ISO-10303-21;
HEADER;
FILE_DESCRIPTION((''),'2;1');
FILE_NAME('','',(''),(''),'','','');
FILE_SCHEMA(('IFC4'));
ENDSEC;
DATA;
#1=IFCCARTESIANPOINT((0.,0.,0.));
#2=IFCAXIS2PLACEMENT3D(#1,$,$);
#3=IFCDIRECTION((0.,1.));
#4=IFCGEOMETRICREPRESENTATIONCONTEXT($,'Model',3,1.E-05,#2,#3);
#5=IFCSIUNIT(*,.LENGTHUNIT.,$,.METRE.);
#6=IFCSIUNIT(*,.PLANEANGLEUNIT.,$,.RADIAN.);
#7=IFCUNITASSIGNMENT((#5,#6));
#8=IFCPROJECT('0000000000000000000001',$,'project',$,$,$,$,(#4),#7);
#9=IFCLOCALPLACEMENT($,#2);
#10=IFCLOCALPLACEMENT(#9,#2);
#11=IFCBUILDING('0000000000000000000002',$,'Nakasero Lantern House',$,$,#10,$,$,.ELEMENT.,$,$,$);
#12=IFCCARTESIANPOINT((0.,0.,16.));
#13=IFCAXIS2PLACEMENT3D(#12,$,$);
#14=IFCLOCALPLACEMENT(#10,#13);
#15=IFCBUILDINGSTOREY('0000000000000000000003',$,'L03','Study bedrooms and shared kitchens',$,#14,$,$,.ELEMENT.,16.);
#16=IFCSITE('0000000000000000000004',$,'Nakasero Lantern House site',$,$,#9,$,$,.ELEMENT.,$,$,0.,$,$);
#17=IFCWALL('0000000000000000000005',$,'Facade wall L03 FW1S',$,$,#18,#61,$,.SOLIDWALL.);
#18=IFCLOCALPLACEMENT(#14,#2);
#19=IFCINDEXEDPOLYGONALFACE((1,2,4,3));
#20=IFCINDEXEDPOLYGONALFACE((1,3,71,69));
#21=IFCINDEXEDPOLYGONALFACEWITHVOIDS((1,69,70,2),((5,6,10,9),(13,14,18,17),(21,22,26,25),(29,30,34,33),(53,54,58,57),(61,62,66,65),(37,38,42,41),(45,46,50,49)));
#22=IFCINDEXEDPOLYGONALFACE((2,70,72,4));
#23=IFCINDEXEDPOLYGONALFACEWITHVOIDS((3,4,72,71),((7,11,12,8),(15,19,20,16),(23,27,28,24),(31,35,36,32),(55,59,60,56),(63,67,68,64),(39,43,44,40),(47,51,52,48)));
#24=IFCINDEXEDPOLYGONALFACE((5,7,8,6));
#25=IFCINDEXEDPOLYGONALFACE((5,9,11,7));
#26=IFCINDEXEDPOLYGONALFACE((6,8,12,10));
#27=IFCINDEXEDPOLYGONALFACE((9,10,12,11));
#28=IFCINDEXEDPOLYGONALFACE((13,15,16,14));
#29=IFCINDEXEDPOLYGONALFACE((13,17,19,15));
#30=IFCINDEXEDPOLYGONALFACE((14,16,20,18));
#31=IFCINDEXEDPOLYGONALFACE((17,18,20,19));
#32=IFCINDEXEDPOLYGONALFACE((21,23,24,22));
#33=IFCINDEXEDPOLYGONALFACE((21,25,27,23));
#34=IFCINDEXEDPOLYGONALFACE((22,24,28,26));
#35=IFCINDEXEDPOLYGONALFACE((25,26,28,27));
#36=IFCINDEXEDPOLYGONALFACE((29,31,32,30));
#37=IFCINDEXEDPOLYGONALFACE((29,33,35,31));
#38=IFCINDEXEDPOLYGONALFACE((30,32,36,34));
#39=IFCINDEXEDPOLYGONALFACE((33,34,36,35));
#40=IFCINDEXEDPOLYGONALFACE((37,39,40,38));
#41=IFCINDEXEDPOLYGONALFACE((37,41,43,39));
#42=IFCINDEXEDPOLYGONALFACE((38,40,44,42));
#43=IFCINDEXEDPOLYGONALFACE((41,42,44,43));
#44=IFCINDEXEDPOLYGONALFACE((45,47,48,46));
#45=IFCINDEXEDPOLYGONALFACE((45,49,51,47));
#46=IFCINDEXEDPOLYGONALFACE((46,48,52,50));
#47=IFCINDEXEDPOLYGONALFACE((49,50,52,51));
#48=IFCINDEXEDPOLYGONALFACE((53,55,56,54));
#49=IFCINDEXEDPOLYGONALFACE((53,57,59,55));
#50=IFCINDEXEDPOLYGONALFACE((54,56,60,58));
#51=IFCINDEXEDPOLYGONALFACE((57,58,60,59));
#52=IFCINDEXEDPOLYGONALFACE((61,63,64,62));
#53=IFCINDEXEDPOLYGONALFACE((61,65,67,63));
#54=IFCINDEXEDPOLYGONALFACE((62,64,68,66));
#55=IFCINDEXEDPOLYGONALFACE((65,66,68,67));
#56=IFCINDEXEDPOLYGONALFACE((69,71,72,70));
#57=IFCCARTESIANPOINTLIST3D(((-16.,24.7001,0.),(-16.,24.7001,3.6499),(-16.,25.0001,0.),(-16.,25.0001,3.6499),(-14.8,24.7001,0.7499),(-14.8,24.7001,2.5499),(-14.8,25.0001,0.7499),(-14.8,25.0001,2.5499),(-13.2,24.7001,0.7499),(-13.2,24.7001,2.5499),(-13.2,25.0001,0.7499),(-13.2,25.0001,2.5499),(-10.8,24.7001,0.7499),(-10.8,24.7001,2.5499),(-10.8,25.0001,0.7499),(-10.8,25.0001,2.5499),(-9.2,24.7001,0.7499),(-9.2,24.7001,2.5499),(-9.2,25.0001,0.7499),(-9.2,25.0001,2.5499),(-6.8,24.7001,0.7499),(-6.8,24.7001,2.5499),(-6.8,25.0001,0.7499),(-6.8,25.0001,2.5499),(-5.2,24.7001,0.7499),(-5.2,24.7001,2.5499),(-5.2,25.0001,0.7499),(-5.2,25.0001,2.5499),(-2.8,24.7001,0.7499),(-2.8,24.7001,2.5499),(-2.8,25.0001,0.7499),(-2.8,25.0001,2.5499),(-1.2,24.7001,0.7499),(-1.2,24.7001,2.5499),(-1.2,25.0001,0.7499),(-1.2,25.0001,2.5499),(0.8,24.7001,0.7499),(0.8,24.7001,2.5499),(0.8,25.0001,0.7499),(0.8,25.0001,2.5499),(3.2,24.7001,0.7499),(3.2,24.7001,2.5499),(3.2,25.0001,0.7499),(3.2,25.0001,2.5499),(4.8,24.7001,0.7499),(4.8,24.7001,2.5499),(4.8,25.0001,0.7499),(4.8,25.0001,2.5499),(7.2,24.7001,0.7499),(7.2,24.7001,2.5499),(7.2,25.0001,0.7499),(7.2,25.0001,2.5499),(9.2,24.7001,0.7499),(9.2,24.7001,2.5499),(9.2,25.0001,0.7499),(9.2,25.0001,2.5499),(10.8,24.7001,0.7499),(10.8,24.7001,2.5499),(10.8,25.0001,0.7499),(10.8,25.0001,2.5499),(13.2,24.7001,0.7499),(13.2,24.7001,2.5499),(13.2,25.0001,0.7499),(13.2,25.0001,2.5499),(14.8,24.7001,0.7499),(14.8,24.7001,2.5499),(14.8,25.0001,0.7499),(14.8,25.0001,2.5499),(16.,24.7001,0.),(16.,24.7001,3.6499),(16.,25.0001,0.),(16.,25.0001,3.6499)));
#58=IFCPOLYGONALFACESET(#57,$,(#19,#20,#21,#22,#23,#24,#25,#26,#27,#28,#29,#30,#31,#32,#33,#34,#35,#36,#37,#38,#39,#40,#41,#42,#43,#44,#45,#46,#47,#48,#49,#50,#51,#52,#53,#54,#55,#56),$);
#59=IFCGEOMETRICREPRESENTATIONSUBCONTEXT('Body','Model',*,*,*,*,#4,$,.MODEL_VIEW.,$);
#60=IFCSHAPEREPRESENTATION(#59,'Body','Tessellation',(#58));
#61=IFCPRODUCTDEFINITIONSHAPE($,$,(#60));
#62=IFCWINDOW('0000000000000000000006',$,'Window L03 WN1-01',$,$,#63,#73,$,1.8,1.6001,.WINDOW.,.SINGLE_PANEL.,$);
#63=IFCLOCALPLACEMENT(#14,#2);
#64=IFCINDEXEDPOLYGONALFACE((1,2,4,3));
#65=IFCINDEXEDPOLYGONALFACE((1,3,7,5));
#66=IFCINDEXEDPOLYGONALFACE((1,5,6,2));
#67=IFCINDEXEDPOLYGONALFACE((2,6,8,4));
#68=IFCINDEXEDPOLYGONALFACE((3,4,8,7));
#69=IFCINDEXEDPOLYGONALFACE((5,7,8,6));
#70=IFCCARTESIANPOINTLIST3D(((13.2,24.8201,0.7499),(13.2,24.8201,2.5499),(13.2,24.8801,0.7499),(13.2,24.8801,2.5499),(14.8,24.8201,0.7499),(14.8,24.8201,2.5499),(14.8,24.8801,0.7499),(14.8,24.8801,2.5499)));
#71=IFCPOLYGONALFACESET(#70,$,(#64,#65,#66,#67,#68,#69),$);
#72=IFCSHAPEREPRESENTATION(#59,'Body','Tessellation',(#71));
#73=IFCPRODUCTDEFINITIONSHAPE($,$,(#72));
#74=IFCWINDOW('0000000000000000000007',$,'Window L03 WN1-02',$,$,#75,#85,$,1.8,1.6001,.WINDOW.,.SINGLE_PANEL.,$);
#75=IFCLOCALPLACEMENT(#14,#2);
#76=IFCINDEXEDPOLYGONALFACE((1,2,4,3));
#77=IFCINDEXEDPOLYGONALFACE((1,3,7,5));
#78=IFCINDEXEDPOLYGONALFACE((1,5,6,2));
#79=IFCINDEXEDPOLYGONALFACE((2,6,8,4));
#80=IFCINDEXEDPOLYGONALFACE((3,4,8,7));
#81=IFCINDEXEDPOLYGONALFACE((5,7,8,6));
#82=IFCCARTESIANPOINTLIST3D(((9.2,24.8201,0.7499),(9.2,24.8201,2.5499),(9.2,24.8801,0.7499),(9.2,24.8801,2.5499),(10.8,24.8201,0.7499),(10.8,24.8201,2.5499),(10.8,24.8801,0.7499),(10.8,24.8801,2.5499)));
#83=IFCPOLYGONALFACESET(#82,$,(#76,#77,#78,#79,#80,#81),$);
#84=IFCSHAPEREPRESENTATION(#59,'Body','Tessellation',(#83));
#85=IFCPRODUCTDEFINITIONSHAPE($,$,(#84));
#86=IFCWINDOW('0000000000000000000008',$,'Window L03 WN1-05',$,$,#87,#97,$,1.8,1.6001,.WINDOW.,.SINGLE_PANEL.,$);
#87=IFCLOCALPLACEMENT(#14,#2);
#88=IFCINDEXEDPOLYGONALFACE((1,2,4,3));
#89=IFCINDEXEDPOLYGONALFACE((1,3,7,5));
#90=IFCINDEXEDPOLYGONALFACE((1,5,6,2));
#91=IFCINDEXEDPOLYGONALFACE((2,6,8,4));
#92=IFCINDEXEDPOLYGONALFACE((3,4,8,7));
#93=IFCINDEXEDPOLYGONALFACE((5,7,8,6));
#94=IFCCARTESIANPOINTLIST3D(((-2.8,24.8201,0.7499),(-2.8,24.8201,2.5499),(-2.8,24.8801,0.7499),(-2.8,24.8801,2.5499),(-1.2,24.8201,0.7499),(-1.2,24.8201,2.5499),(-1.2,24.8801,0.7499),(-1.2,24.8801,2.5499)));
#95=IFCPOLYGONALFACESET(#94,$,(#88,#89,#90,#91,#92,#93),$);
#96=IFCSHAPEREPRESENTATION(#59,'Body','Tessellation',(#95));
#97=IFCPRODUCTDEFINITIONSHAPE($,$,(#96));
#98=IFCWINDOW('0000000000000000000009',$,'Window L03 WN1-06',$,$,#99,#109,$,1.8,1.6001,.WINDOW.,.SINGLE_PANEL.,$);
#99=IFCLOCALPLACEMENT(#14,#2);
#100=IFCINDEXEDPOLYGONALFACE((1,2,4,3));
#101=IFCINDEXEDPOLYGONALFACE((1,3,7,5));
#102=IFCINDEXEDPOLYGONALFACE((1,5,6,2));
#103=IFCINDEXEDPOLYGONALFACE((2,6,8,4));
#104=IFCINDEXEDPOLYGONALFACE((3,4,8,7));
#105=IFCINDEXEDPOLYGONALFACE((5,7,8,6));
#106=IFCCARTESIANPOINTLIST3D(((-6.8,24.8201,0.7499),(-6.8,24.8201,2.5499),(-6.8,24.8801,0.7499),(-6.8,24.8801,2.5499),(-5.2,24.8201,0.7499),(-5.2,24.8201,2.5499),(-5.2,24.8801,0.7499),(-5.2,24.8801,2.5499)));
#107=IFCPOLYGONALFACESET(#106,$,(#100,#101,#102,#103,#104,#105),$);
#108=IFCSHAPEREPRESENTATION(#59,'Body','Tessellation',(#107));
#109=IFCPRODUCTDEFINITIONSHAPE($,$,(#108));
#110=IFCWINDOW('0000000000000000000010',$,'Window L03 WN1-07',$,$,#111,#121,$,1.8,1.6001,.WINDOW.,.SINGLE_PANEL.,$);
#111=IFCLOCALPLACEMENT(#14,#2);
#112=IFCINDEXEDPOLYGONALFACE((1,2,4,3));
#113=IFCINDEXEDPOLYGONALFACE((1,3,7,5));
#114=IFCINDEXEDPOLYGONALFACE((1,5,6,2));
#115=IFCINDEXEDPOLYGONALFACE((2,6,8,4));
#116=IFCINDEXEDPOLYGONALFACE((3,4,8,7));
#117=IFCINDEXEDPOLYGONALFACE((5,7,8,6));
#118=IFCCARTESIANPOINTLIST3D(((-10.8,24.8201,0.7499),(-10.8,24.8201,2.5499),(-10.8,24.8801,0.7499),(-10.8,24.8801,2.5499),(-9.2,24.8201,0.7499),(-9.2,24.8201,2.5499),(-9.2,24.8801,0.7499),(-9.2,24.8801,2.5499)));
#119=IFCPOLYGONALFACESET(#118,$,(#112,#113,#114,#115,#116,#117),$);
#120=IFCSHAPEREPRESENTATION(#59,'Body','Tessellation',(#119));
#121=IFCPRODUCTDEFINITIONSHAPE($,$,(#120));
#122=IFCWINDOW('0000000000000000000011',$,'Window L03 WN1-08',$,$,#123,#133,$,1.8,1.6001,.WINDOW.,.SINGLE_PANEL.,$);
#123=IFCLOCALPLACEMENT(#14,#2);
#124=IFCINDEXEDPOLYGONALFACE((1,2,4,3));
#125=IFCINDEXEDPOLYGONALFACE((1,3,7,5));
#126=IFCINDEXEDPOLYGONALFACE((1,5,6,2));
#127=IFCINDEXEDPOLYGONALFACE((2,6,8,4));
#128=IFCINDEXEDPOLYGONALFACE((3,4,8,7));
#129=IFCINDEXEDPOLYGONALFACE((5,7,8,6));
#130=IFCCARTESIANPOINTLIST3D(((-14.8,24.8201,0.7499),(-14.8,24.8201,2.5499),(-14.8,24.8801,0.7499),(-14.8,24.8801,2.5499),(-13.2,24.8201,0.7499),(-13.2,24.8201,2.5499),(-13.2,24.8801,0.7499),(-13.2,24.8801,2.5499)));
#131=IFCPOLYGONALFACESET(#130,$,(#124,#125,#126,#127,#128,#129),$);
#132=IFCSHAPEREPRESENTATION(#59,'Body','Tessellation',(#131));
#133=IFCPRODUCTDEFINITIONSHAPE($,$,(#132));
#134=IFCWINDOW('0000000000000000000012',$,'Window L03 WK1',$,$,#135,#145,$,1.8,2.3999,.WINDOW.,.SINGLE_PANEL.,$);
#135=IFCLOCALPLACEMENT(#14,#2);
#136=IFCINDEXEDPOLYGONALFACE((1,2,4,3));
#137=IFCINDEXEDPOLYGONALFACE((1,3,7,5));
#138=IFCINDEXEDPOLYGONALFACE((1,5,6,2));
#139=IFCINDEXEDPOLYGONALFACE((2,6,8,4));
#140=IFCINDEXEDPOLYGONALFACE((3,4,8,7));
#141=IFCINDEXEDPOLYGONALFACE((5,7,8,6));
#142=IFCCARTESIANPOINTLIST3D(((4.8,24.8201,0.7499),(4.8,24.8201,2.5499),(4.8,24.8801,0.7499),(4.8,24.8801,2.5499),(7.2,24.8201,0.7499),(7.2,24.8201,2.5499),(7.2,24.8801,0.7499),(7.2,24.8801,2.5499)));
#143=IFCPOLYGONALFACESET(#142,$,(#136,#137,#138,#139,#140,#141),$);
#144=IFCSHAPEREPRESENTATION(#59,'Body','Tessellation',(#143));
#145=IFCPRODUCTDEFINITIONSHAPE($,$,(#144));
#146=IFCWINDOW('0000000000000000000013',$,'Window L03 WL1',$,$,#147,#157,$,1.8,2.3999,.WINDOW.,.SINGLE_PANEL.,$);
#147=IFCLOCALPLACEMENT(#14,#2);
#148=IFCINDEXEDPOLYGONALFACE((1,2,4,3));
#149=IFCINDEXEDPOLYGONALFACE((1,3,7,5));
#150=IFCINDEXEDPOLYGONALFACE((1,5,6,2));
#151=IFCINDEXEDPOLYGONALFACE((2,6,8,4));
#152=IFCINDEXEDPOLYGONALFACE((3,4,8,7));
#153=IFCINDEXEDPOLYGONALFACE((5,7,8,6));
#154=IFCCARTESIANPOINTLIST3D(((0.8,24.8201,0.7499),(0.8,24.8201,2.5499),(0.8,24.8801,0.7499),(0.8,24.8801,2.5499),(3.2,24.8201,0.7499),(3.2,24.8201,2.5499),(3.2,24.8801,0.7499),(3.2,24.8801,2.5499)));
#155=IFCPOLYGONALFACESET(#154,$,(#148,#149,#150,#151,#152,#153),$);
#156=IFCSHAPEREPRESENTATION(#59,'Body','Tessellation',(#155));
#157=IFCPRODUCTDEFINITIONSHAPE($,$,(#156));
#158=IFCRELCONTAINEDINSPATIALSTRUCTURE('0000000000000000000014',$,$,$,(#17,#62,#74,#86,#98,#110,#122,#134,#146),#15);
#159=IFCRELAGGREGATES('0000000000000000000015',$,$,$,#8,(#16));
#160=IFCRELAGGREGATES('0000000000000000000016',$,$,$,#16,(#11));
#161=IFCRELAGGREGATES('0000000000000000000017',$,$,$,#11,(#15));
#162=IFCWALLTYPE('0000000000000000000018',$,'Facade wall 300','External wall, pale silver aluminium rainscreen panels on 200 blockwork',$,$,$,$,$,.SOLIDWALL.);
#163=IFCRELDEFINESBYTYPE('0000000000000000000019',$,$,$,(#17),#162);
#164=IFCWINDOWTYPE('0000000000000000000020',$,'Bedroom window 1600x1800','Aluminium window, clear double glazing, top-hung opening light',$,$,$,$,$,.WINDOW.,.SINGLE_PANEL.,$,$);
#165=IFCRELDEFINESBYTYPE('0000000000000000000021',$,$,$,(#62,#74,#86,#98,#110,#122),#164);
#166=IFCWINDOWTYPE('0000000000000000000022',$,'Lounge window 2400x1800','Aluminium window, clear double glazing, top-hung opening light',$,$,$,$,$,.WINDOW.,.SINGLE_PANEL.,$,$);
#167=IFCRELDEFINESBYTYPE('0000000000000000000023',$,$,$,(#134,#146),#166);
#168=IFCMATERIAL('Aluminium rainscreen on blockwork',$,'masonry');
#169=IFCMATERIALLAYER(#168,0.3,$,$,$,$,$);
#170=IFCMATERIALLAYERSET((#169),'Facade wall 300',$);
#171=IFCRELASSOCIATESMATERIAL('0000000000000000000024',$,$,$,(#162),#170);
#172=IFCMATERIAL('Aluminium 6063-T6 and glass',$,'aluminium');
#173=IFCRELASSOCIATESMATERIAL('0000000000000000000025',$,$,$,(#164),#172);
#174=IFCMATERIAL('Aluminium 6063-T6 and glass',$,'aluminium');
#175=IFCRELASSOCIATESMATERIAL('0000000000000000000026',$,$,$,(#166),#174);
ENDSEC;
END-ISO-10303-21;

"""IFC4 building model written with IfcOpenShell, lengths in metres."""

from ifc_helpers import new_model, si_unit, direction, frame, frame_2d, origin, place, context, subcontext, project, spatial, rectangle, extrude, material, layer, layer_set, type_object, element, fill, save


model = new_model("IFC4")

# Units and contexts
model_context = context("Model", 3, precision=1e-05, world=origin(), true_north=direction((0.0, 1.0)))
body_context = subcontext(model_context, "Body", "Model", "MODEL_VIEW")
ifc_project = project(units=[si_unit("LENGTHUNIT", "METRE"), si_unit("PLANEANGLEUNIT", "RADIAN")], contexts=[model_context])

# Site, building, storey
site_placement = place(None, origin())
site = spatial("IfcSite", under=ifc_project, at=site_placement, Name="Nakasero Lantern House site", CompositionType="ELEMENT", RefElevation=0.0)
building_placement = place(site_placement, origin())
building = spatial("IfcBuilding", under=site, at=building_placement, Name="Nakasero Lantern House", CompositionType="ELEMENT")
storey_placement = place(building_placement, frame((0.0, 0.0, 16.0)))
storey = spatial("IfcBuildingStorey", under=building, at=storey_placement, Name="L03", Description="Study bedrooms and shared kitchens", CompositionType="ELEMENT", Elevation=16.0)

# Shared definitions
ifc_material_1 = material(Name="Aluminium rainscreen on blockwork", Category="masonry")
ifc_layer_1 = layer(ifc_material_1, 0.3)
ifc_layer_set_1 = layer_set([ifc_layer_1], Name="Facade wall 300")
wall_type_1 = type_object("IfcWallType", Name="Facade wall 300", Description="External wall, pale silver aluminium rainscreen panels on 200 blockwork", PredefinedType="SOLIDWALL", material=ifc_layer_set_1)
ifc_material_2 = material(Name="Aluminium 6063-T6 and glass", Category="aluminium")
window_type_1 = type_object("IfcWindowType", Name="Bedroom window 1600x1800", Description="Aluminium window, clear double glazing, top-hung opening light", PartitioningType="SINGLE_PANEL", PredefinedType="WINDOW", material=ifc_material_2)

# Wall, openings, windows
wall_1_placement = place(storey_placement, frame((16.0, 24.8501, 0.0), z_axis=(0.0, 0.0, 1.0), x_axis=(-1.0, 0.0, 0.0)))
wall_1 = element("IfcWall", 1, at=wall_1_placement, inside=storey, type_object=wall_type_1, Name="Facade wall L03 FW1S", PredefinedType="SOLIDWALL", context=body_context, shape_type="SweptSolid", body=[
    extrude(rectangle(XDim=32.0, YDim=0.3, at=frame_2d((16.0, 0.0))), origin(), (0.0, 0.0, 1.0), 3.6499),
])
opening_1_placement = place(wall_1_placement, frame((1.2, 0.0, 0.75)))
opening_1 = element("IfcOpeningElement", 2, at=opening_1_placement, cuts=wall_1, PredefinedType="OPENING", context=body_context, shape_type="SweptSolid", body=[
    extrude(rectangle(XDim=1.6001, YDim=1.8, at=frame_2d((0.8, 0.8999))), frame((0.0, 0.1699, 0.0), z_axis=(0.0, -1.0, 0.0), x_axis=(1.0, 0.0, 0.0)), (0.0, 0.0, 1.0), 0.3401),
])
opening_2_placement = place(wall_1_placement, frame((5.2, 0.0, 0.75)))
opening_2 = element("IfcOpeningElement", 3, at=opening_2_placement, cuts=wall_1, PredefinedType="OPENING", context=body_context, shape_type="SweptSolid", body=[
    extrude(rectangle(XDim=1.6001, YDim=1.8, at=frame_2d((0.8, 0.8999))), frame((0.0, 0.1699, 0.0), z_axis=(0.0, -1.0, 0.0), x_axis=(1.0, 0.0, 0.0)), (0.0, 0.0, 1.0), 0.3401),
])
opening_3_placement = place(wall_1_placement, frame((17.2, 0.0, 0.75)))
opening_3 = element("IfcOpeningElement", 4, at=opening_3_placement, cuts=wall_1, PredefinedType="OPENING", context=body_context, shape_type="SweptSolid", body=[
    extrude(rectangle(XDim=1.6001, YDim=1.8, at=frame_2d((0.8, 0.8999))), frame((0.0, 0.1699, 0.0), z_axis=(0.0, -1.0, 0.0), x_axis=(1.0, 0.0, 0.0)), (0.0, 0.0, 1.0), 0.3401),
])
opening_4_placement = place(wall_1_placement, frame((21.2, 0.0, 0.75)))
opening_4 = element("IfcOpeningElement", 5, at=opening_4_placement, cuts=wall_1, PredefinedType="OPENING", context=body_context, shape_type="SweptSolid", body=[
    extrude(rectangle(XDim=1.6001, YDim=1.8, at=frame_2d((0.8, 0.8999))), frame((0.0, 0.1699, 0.0), z_axis=(0.0, -1.0, 0.0), x_axis=(1.0, 0.0, 0.0)), (0.0, 0.0, 1.0), 0.3401),
])
opening_5_placement = place(wall_1_placement, frame((25.2, 0.0, 0.75)))
opening_5 = element("IfcOpeningElement", 6, at=opening_5_placement, cuts=wall_1, PredefinedType="OPENING", context=body_context, shape_type="SweptSolid", body=[
    extrude(rectangle(XDim=1.6001, YDim=1.8, at=frame_2d((0.8, 0.8999))), frame((0.0, 0.1699, 0.0), z_axis=(0.0, -1.0, 0.0), x_axis=(1.0, 0.0, 0.0)), (0.0, 0.0, 1.0), 0.3401),
])
opening_6_placement = place(wall_1_placement, frame((29.2, 0.0, 0.75)))
opening_6 = element("IfcOpeningElement", 7, at=opening_6_placement, cuts=wall_1, PredefinedType="OPENING", context=body_context, shape_type="SweptSolid", body=[
    extrude(rectangle(XDim=1.6001, YDim=1.8, at=frame_2d((0.8, 0.8999))), frame((0.0, 0.1699, 0.0), z_axis=(0.0, -1.0, 0.0), x_axis=(1.0, 0.0, 0.0)), (0.0, 0.0, 1.0), 0.3401),
])
opening_7_placement = place(wall_1_placement, frame((8.8, 0.0, 0.75)))
opening_7 = element("IfcOpeningElement", 8, at=opening_7_placement, cuts=wall_1, PredefinedType="OPENING", context=body_context, shape_type="SweptSolid", body=[
    extrude(rectangle(XDim=2.3999, YDim=1.8, at=frame_2d((1.2, 0.8999))), frame((0.0, 0.1699, 0.0), z_axis=(0.0, -1.0, 0.0), x_axis=(1.0, 0.0, 0.0)), (0.0, 0.0, 1.0), 0.3401),
])
opening_8_placement = place(wall_1_placement, frame((12.8, 0.0, 0.75)))
opening_8 = element("IfcOpeningElement", 9, at=opening_8_placement, cuts=wall_1, PredefinedType="OPENING", context=body_context, shape_type="SweptSolid", body=[
    extrude(rectangle(XDim=2.3999, YDim=1.8, at=frame_2d((1.2, 0.8999))), frame((0.0, 0.1699, 0.0), z_axis=(0.0, -1.0, 0.0), x_axis=(1.0, 0.0, 0.0)), (0.0, 0.0, 1.0), 0.3401),
])
window_1_placement = place(opening_1_placement, origin())
window_1 = element("IfcWindow", 10, at=window_1_placement, inside=storey, type_object=window_type_1, Name="Window L03 WN1-01", OverallHeight=1.8, OverallWidth=1.6001, PartitioningType="SINGLE_PANEL", PredefinedType="WINDOW", context=body_context, shape_type="SweptSolid", body=[
    extrude(rectangle(XDim=1.6001, YDim=1.8, at=frame_2d((0.8, 0.8999))), frame((0.0, 0.03, 0.0), z_axis=(0.0, -1.0, 0.0), x_axis=(1.0, 0.0, 0.0)), (0.0, 0.0, 1.0), 0.0601),
])
fill(opening_1, window_1)
window_2_placement = place(opening_2_placement, origin())
window_2 = element("IfcWindow", 11, at=window_2_placement, inside=storey, type_object=window_type_1, Name="Window L03 WN1-02", OverallHeight=1.8, OverallWidth=1.6001, PartitioningType="SINGLE_PANEL", PredefinedType="WINDOW", context=body_context, shape_type="SweptSolid", body=[
    extrude(rectangle(XDim=1.6001, YDim=1.8, at=frame_2d((0.8, 0.8999))), frame((0.0, 0.03, 0.0), z_axis=(0.0, -1.0, 0.0), x_axis=(1.0, 0.0, 0.0)), (0.0, 0.0, 1.0), 0.0601),
])
fill(opening_2, window_2)
window_3_placement = place(opening_3_placement, origin())
window_3 = element("IfcWindow", 12, at=window_3_placement, inside=storey, type_object=window_type_1, Name="Window L03 WN1-05", OverallHeight=1.8, OverallWidth=1.6001, PartitioningType="SINGLE_PANEL", PredefinedType="WINDOW", context=body_context, shape_type="SweptSolid", body=[
    extrude(rectangle(XDim=1.6001, YDim=1.8, at=frame_2d((0.8, 0.8999))), frame((0.0, 0.03, 0.0), z_axis=(0.0, -1.0, 0.0), x_axis=(1.0, 0.0, 0.0)), (0.0, 0.0, 1.0), 0.0601),
])
fill(opening_3, window_3)
window_4_placement = place(opening_4_placement, origin())
window_4 = element("IfcWindow", 13, at=window_4_placement, inside=storey, type_object=window_type_1, Name="Window L03 WN1-06", OverallHeight=1.8, OverallWidth=1.6001, PartitioningType="SINGLE_PANEL", PredefinedType="WINDOW", context=body_context, shape_type="SweptSolid", body=[
    extrude(rectangle(XDim=1.6001, YDim=1.8, at=frame_2d((0.8, 0.8999))), frame((0.0, 0.03, 0.0), z_axis=(0.0, -1.0, 0.0), x_axis=(1.0, 0.0, 0.0)), (0.0, 0.0, 1.0), 0.0601),
])
fill(opening_4, window_4)
window_5_placement = place(opening_5_placement, origin())
window_5 = element("IfcWindow", 14, at=window_5_placement, inside=storey, type_object=window_type_1, Name="Window L03 WN1-07", OverallHeight=1.8, OverallWidth=1.6001, PartitioningType="SINGLE_PANEL", PredefinedType="WINDOW", context=body_context, shape_type="SweptSolid", body=[
    extrude(rectangle(XDim=1.6001, YDim=1.8, at=frame_2d((0.8, 0.8999))), frame((0.0, 0.03, 0.0), z_axis=(0.0, -1.0, 0.0), x_axis=(1.0, 0.0, 0.0)), (0.0, 0.0, 1.0), 0.0601),
])
fill(opening_5, window_5)
window_6_placement = place(opening_6_placement, origin())
window_6 = element("IfcWindow", 15, at=window_6_placement, inside=storey, type_object=window_type_1, Name="Window L03 WN1-08", OverallHeight=1.8, OverallWidth=1.6001, PartitioningType="SINGLE_PANEL", PredefinedType="WINDOW", context=body_context, shape_type="SweptSolid", body=[
    extrude(rectangle(XDim=1.6001, YDim=1.8, at=frame_2d((0.8, 0.8999))), frame((0.0, 0.03, 0.0), z_axis=(0.0, -1.0, 0.0), x_axis=(1.0, 0.0, 0.0)), (0.0, 0.0, 1.0), 0.0601),
])
fill(opening_6, window_6)
ifc_material_3 = material(Name="Aluminium 6063-T6 and glass", Category="aluminium")
window_type_2 = type_object("IfcWindowType", Name="Lounge window 2400x1800", Description="Aluminium window, clear double glazing, top-hung opening light", PartitioningType="SINGLE_PANEL", PredefinedType="WINDOW", material=ifc_material_3)
window_7_placement = place(opening_7_placement, origin())
window_7 = element("IfcWindow", 16, at=window_7_placement, inside=storey, type_object=window_type_2, Name="Window L03 WK1", OverallHeight=1.8, OverallWidth=2.3999, PartitioningType="SINGLE_PANEL", PredefinedType="WINDOW", context=body_context, shape_type="SweptSolid", body=[
    extrude(rectangle(XDim=2.3999, YDim=1.8, at=frame_2d((1.2, 0.8999))), frame((0.0, 0.03, 0.0), z_axis=(0.0, -1.0, 0.0), x_axis=(1.0, 0.0, 0.0)), (0.0, 0.0, 1.0), 0.0601),
])
fill(opening_7, window_7)
window_8_placement = place(opening_8_placement, origin())
window_8 = element("IfcWindow", 17, at=window_8_placement, inside=storey, type_object=window_type_2, Name="Window L03 WL1", OverallHeight=1.8, OverallWidth=2.3999, PartitioningType="SINGLE_PANEL", PredefinedType="WINDOW", context=body_context, shape_type="SweptSolid", body=[
    extrude(rectangle(XDim=2.3999, YDim=1.8, at=frame_2d((1.2, 0.8999))), frame((0.0, 0.03, 0.0), z_axis=(0.0, -1.0, 0.0), x_axis=(1.0, 0.0, 0.0)), (0.0, 0.0, 1.0), 0.0601),
])
fill(opening_8, window_8)

save(model, "model.ifc")
